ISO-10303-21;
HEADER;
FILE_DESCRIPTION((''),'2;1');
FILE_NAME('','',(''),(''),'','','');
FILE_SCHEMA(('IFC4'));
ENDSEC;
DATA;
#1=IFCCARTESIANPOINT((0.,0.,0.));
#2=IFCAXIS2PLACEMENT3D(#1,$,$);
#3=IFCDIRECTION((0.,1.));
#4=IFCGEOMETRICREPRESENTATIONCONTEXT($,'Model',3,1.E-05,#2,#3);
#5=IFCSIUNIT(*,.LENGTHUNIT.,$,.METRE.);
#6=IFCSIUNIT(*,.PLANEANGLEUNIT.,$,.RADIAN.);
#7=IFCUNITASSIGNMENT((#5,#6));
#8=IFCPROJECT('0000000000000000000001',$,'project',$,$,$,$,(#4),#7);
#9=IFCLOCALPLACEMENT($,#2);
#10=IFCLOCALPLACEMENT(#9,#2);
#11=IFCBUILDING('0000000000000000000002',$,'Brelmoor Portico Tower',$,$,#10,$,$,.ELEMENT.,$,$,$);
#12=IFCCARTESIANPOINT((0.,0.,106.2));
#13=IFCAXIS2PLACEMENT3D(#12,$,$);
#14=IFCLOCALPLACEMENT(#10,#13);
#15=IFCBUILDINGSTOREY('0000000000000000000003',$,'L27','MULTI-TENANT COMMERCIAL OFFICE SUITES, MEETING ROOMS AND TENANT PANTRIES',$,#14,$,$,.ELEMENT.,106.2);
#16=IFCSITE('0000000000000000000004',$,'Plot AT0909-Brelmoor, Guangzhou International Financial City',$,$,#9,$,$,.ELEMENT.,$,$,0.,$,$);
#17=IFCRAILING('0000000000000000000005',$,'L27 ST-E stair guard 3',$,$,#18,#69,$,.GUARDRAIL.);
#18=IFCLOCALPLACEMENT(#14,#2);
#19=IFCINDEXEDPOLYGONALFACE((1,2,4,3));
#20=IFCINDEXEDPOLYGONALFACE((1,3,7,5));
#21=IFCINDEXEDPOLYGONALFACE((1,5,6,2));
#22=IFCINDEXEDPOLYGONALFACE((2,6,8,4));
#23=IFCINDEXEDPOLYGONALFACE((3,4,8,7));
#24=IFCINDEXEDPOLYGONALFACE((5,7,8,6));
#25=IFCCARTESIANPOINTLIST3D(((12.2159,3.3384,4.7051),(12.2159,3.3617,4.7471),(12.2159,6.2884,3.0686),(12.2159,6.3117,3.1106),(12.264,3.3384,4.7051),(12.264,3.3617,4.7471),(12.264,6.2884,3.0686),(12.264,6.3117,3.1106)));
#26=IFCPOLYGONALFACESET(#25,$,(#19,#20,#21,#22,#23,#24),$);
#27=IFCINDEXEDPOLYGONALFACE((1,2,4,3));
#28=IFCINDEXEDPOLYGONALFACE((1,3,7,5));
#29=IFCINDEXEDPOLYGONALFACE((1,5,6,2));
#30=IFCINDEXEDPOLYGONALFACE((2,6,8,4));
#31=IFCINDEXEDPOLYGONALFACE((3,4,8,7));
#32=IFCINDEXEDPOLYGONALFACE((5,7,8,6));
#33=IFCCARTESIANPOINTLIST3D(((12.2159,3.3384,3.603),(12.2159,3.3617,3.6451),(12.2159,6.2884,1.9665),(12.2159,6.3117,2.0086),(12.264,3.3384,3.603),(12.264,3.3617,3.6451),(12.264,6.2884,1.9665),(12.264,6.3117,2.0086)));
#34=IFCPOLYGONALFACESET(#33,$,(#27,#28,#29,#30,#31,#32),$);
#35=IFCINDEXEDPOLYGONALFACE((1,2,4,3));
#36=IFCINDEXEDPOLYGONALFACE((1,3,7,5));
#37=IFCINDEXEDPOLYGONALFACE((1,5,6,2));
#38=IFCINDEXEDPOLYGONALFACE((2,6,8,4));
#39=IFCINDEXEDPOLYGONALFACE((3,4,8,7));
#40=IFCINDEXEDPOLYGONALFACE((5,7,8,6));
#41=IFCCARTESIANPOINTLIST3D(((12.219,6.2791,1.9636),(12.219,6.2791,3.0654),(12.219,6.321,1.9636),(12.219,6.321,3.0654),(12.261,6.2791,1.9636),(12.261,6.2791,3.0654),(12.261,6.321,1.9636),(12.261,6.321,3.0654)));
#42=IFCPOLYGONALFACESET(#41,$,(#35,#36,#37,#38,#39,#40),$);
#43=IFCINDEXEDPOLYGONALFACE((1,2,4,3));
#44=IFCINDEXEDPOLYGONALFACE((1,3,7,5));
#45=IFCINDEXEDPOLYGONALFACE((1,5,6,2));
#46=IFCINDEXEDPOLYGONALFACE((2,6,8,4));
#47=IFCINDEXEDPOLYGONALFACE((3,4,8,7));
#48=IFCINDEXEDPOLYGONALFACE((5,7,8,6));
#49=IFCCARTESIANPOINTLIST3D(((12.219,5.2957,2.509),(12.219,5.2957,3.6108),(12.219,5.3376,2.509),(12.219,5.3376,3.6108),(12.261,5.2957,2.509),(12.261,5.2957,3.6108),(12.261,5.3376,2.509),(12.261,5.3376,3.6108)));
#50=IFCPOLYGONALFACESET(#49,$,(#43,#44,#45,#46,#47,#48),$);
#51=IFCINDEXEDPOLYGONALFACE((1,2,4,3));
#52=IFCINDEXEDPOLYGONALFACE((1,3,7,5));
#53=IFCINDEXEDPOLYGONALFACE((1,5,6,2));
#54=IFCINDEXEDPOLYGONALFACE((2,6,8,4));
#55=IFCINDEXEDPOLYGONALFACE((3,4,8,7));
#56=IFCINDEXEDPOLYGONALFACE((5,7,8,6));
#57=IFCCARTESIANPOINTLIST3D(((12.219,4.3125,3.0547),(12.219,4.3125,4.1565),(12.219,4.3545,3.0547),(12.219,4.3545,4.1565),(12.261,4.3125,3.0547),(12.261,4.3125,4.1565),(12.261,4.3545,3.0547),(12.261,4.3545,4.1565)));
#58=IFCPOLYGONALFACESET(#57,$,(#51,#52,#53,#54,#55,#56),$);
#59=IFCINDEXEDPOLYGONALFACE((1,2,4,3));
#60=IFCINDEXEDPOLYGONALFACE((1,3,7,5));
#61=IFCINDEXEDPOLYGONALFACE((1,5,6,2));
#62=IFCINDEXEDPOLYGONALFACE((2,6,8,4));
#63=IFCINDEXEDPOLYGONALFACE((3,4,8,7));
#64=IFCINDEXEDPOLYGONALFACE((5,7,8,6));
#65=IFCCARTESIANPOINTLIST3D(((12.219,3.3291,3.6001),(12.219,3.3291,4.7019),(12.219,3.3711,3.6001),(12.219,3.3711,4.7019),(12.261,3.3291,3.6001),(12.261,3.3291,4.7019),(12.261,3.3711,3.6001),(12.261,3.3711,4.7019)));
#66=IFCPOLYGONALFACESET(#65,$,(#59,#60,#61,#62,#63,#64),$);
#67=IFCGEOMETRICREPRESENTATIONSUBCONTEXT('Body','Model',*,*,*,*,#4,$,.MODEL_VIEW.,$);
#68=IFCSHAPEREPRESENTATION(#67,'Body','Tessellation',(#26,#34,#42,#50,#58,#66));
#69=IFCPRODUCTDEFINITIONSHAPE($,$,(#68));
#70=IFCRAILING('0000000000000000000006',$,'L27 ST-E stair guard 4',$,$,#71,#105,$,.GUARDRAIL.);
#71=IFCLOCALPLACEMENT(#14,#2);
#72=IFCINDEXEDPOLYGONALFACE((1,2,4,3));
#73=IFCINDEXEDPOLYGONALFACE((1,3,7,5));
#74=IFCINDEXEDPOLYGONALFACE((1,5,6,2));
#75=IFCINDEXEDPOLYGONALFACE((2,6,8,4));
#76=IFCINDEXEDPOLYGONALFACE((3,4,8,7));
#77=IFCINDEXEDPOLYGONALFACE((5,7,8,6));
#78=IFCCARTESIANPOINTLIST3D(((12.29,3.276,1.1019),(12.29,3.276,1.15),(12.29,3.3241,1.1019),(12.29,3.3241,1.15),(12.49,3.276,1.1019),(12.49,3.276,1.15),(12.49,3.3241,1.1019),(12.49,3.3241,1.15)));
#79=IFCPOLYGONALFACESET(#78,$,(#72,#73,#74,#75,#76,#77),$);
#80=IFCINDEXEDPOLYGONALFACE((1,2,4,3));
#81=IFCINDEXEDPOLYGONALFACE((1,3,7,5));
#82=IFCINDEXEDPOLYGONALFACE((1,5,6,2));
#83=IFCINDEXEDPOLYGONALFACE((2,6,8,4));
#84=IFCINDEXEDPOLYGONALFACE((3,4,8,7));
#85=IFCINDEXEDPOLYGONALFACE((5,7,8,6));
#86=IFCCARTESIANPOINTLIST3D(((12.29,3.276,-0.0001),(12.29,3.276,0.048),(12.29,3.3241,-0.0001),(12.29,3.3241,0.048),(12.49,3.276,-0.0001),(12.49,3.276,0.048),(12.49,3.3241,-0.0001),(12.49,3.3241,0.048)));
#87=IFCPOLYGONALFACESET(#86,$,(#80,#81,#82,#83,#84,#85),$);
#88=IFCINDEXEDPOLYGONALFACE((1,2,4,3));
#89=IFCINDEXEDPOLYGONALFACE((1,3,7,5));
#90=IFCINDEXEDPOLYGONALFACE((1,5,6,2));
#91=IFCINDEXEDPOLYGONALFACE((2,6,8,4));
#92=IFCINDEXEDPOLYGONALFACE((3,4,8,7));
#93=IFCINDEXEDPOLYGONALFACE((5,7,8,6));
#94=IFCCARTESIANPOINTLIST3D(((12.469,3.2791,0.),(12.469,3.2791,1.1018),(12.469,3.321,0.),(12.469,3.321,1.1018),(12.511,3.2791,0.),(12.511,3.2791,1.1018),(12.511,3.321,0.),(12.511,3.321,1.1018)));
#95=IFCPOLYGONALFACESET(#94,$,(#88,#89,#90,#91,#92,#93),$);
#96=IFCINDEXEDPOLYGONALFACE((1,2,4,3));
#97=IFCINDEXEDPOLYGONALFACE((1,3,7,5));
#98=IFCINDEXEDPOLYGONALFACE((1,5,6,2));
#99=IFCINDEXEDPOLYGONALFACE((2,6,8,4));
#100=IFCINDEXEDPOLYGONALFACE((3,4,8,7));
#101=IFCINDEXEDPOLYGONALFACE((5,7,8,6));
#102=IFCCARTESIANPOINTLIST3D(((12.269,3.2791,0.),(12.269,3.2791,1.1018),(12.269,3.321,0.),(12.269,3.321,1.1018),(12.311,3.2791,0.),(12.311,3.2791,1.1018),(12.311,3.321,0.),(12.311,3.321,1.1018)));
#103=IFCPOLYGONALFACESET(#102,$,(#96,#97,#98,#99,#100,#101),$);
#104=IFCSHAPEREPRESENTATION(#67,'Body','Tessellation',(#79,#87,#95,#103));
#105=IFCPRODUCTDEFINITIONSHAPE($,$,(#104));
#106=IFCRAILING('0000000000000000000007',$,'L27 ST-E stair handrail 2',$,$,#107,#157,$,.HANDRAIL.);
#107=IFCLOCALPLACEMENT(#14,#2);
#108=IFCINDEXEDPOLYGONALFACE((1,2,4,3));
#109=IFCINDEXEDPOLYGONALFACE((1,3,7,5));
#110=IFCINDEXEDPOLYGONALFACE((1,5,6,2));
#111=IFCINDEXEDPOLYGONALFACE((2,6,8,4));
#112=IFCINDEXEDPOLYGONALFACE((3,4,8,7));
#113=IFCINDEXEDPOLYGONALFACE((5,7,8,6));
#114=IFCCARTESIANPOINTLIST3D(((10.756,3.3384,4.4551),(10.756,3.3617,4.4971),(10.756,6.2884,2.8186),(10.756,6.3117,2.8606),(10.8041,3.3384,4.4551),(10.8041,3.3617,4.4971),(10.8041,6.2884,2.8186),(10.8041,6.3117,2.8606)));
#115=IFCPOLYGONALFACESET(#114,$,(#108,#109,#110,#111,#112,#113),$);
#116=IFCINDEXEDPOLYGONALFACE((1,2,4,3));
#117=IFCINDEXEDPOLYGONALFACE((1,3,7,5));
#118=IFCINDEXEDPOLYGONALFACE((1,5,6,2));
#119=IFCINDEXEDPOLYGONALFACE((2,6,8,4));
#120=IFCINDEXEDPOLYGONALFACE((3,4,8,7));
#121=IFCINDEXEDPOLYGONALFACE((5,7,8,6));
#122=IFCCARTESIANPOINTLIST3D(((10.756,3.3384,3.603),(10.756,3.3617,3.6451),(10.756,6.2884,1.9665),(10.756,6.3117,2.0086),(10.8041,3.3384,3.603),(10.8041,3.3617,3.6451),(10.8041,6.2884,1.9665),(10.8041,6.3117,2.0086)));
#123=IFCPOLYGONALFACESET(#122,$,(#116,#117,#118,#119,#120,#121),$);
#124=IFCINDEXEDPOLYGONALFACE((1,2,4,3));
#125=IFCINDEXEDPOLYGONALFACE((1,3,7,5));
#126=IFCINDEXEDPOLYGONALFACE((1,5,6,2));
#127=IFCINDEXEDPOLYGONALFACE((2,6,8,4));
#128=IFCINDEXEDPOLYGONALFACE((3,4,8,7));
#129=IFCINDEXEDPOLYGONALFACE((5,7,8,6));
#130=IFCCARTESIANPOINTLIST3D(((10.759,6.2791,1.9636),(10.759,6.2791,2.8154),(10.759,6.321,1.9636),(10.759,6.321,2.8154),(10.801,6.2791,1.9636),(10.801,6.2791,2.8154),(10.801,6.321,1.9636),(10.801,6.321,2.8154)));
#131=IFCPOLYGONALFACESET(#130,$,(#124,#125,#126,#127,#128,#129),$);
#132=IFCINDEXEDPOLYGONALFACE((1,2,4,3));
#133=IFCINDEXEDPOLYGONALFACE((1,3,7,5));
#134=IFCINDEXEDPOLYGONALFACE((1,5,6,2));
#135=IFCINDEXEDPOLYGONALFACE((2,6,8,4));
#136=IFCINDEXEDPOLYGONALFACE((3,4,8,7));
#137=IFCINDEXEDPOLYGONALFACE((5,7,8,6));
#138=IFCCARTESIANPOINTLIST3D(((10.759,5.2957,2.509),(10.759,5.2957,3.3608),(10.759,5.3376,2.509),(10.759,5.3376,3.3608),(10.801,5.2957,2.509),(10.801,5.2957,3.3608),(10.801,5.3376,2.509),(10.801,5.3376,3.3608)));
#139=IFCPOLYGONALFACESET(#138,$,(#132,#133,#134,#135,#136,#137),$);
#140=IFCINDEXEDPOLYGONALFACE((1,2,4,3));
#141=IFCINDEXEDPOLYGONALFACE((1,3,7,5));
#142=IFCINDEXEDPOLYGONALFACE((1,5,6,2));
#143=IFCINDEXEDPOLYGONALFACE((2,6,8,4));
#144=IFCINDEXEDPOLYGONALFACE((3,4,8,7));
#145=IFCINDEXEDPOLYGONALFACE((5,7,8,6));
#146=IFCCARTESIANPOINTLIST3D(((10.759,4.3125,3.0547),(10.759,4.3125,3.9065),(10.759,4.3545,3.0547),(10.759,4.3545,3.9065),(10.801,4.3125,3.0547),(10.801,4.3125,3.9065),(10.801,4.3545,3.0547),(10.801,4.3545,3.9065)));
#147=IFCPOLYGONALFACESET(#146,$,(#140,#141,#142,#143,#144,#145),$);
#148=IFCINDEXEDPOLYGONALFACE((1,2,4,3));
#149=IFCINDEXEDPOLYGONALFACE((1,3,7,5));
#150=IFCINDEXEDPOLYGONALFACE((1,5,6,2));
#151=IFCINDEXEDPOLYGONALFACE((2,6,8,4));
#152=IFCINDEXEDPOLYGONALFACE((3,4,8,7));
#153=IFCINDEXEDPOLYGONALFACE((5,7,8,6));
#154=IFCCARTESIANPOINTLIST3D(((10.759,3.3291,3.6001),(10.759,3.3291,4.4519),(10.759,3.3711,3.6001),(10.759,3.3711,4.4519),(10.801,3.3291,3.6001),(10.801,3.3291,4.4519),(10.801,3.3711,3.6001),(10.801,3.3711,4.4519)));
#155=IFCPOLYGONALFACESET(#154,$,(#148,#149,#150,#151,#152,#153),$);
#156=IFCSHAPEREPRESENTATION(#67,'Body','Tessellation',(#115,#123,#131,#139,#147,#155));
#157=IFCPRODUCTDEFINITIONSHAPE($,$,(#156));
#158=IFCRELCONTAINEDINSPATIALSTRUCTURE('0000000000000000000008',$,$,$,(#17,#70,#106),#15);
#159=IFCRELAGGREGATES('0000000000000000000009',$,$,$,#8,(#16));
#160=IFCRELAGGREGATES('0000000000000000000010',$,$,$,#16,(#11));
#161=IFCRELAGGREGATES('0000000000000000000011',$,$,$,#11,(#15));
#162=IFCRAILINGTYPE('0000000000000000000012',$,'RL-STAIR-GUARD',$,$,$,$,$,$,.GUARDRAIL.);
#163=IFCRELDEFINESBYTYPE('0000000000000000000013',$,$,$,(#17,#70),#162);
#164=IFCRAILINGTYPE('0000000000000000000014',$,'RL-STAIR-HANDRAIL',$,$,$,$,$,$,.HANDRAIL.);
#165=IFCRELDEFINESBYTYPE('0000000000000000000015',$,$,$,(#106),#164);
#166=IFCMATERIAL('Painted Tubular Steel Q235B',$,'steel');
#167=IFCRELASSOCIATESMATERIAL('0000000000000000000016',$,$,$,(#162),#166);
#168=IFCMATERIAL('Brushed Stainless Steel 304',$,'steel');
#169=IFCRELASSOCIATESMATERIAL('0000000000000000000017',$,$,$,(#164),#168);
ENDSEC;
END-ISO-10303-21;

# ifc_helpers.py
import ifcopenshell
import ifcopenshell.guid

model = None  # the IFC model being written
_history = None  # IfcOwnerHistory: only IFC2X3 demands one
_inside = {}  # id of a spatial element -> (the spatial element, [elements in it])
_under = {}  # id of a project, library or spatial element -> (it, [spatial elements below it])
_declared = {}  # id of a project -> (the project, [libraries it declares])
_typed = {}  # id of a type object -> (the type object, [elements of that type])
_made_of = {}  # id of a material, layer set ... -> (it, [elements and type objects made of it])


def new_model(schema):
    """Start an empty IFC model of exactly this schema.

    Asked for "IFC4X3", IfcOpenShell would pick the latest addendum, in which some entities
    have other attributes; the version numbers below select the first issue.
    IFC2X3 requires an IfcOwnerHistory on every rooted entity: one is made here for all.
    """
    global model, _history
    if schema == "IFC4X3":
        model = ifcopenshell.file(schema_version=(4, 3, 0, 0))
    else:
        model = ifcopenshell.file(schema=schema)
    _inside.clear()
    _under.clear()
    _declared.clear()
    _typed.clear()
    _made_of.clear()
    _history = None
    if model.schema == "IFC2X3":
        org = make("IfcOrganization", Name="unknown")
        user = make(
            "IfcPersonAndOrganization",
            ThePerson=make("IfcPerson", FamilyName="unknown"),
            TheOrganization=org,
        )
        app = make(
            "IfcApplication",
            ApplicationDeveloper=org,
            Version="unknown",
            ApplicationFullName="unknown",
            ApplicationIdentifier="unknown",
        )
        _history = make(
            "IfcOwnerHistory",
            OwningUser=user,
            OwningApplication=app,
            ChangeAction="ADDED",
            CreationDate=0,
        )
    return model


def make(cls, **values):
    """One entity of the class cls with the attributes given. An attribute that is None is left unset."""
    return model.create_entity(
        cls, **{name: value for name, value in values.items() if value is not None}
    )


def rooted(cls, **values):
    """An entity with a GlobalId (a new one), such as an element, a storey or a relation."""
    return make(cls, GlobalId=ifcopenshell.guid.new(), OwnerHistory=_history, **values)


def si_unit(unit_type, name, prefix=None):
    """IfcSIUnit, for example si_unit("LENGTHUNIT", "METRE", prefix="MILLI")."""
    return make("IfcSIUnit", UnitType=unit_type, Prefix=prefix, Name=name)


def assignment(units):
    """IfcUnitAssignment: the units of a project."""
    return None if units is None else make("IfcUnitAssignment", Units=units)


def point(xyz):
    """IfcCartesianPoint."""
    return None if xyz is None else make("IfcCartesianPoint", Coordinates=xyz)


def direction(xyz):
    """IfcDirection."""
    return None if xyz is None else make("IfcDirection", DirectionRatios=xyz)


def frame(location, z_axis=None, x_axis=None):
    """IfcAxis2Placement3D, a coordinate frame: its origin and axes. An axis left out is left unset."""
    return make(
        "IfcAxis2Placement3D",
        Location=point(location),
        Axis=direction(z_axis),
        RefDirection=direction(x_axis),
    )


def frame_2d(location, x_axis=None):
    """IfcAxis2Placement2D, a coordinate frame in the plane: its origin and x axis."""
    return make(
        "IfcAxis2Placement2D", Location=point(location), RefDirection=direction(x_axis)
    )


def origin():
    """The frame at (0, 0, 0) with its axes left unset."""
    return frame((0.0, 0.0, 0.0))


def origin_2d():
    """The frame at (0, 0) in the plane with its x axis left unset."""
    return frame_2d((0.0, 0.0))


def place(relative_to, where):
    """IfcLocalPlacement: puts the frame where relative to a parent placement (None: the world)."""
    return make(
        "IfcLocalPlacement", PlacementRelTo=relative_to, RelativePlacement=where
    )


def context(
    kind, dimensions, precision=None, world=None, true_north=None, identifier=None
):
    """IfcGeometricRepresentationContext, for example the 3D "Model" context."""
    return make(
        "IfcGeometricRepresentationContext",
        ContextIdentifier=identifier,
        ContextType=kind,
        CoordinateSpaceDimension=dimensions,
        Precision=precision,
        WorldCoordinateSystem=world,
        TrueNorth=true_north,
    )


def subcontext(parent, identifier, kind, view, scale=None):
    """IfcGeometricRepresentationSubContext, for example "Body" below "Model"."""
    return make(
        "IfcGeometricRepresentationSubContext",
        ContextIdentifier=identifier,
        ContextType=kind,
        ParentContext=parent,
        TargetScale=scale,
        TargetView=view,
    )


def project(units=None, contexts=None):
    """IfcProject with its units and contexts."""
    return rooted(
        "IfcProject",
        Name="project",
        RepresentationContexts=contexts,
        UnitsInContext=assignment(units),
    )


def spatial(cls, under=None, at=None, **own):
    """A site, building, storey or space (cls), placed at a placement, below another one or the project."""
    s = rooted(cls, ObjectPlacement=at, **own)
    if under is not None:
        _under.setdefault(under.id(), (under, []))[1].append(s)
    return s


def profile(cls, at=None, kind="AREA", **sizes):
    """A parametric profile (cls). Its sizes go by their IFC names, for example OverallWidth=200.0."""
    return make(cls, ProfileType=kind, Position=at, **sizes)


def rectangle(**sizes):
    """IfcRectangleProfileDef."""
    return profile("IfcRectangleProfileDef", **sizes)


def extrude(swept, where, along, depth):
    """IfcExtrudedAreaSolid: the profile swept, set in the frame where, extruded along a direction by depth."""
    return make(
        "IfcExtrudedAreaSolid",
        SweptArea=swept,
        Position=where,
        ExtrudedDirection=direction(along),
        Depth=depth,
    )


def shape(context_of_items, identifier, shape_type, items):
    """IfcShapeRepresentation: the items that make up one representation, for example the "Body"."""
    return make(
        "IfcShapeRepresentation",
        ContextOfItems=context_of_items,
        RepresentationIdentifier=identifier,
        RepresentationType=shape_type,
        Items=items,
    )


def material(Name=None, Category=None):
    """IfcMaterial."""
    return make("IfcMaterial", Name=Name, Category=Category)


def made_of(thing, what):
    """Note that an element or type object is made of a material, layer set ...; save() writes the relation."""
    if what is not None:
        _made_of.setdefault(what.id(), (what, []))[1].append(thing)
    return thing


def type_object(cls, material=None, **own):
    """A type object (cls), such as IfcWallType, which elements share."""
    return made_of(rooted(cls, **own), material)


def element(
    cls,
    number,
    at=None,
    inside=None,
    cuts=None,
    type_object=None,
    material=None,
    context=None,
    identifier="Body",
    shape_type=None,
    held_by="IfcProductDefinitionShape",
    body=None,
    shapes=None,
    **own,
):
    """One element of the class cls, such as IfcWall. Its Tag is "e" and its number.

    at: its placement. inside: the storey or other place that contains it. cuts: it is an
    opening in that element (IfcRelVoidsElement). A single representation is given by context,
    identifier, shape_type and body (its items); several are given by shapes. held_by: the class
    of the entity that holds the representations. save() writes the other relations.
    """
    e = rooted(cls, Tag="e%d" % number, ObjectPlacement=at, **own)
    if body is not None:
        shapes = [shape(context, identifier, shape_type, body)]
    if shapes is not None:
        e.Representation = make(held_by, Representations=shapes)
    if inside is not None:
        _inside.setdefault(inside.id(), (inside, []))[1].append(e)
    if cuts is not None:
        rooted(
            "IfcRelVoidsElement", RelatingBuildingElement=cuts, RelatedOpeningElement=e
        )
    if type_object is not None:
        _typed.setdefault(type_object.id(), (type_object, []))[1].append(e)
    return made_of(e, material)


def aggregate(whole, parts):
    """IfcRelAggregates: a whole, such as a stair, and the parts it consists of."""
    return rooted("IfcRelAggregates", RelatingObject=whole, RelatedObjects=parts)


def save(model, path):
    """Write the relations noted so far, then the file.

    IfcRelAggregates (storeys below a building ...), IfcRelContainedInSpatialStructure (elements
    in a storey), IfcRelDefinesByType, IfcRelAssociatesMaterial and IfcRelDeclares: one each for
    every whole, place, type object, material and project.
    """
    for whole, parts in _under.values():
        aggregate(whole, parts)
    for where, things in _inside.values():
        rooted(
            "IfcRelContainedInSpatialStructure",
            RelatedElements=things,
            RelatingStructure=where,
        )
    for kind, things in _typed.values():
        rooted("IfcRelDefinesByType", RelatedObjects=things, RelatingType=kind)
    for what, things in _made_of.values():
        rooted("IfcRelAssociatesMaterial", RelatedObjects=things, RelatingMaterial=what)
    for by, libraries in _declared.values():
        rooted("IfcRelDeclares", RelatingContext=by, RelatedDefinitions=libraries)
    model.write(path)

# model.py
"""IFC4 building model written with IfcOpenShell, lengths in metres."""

from ifc_helpers import new_model, si_unit, direction, frame, origin, origin_2d, place, context, subcontext, project, spatial, rectangle, extrude, material, type_object, element, save


model = new_model("IFC4")

# Units and contexts
model_context = context("Model", 3, precision=1e-05, world=origin(), true_north=direction((0.0, 1.0)))
body_context = subcontext(model_context, "Body", "Model", "MODEL_VIEW")
ifc_project = project(units=[si_unit("LENGTHUNIT", "METRE"), si_unit("PLANEANGLEUNIT", "RADIAN")], contexts=[model_context])

# Site, building, storey
site_placement = place(None, origin())
site = spatial("IfcSite", under=ifc_project, at=site_placement, Name="Plot AT0909-Brelmoor, Guangzhou International Financial City", CompositionType="ELEMENT", RefElevation=0.0)
building_placement = place(site_placement, origin())
building = spatial("IfcBuilding", under=site, at=building_placement, Name="Brelmoor Portico Tower", CompositionType="ELEMENT")
storey_placement = place(building_placement, frame((0.0, 0.0, 106.2)))
storey = spatial("IfcBuildingStorey", under=building, at=storey_placement, Name="L27", Description="MULTI-TENANT COMMERCIAL OFFICE SUITES, MEETING ROOMS AND TENANT PANTRIES", CompositionType="ELEMENT", Elevation=106.2)

# Railings
ifc_material_1 = material(Name="Painted Tubular Steel Q235B", Category="steel")
railing_type_1 = type_object("IfcRailingType", Name="RL-STAIR-GUARD", PredefinedType="GUARDRAIL", material=ifc_material_1)
railing_1_placement = place(storey_placement, frame((12.24, 6.3, 1.9636)))
element("IfcRailing", 1, at=railing_1_placement, inside=storey, type_object=railing_type_1, Name="L27 ST-E stair guard 3", PredefinedType="GUARDRAIL", context=body_context, shape_type="SweptSolid", body=[
    extrude(rectangle(XDim=0.0481, YDim=0.0481, at=origin_2d()), frame((0.0, 0.0, 1.126), z_axis=(0.0, -0.874458, 0.485102), x_axis=(1.0, 0.0, 0.0)), (0.0, 0.0, 1.0), 3.3735),
    extrude(rectangle(XDim=0.0481, YDim=0.0481, at=origin_2d()), frame((0.0, 0.0, 0.0239), z_axis=(0.0, -0.874458, 0.485102), x_axis=(1.0, 0.0, 0.0)), (0.0, 0.0, 1.0), 3.3735),
    extrude(rectangle(XDim=0.042, YDim=0.042, at=origin_2d()), origin(), (0.0, 0.0, 1.0), 1.1018),
    extrude(rectangle(XDim=0.042, YDim=0.042, at=origin_2d()), frame((0.0, -0.9834, 0.5454)), (0.0, 0.0, 1.0), 1.1018),
    extrude(rectangle(XDim=0.042, YDim=0.042, at=origin_2d()), frame((0.0, -1.9666, 1.0911)), (0.0, 0.0, 1.0), 1.1018),
    extrude(rectangle(XDim=0.042, YDim=0.042, at=origin_2d()), frame((0.0, -2.95, 1.6365)), (0.0, 0.0, 1.0), 1.1018),
])
railing_2_placement = place(storey_placement, frame((12.49, 3.3, 0.0)))
element("IfcRailing", 2, at=railing_2_placement, inside=storey, type_object=railing_type_1, Name="L27 ST-E stair guard 4", PredefinedType="GUARDRAIL", context=body_context, shape_type="SweptSolid", body=[
    extrude(rectangle(XDim=0.0481, YDim=0.0481, at=origin_2d()), frame((0.0, 0.0, 1.126), z_axis=(-1.0, 0.0, 0.0), x_axis=(0.0, -1.0, 0.0)), (0.0, 0.0, 1.0), 0.2),
    extrude(rectangle(XDim=0.0481, YDim=0.0481, at=origin_2d()), frame((0.0, 0.0, 0.0239), z_axis=(-1.0, 0.0, 0.0), x_axis=(0.0, -1.0, 0.0)), (0.0, 0.0, 1.0), 0.2),
    extrude(rectangle(XDim=0.042, YDim=0.042, at=origin_2d()), origin(), (0.0, 0.0, 1.0), 1.1018),
    extrude(rectangle(XDim=0.042, YDim=0.042, at=origin_2d()), frame((-0.2, 0.0, 0.0)), (0.0, 0.0, 1.0), 1.1018),
])
ifc_material_2 = material(Name="Brushed Stainless Steel 304", Category="steel")
railing_type_2 = type_object("IfcRailingType", Name="RL-STAIR-HANDRAIL", PredefinedType="HANDRAIL", material=ifc_material_2)
railing_3_placement = place(storey_placement, frame((10.78, 6.3, 1.9636)))
element("IfcRailing", 3, at=railing_3_placement, inside=storey, type_object=railing_type_2, Name="L27 ST-E stair handrail 2", PredefinedType="HANDRAIL", context=body_context, shape_type="SweptSolid", body=[
    extrude(rectangle(XDim=0.0481, YDim=0.0481, at=origin_2d()), frame((0.0, 0.0, 0.876), z_axis=(0.0, -0.874458, 0.485102), x_axis=(1.0, 0.0, 0.0)), (0.0, 0.0, 1.0), 3.3735),
    extrude(rectangle(XDim=0.0481, YDim=0.0481, at=origin_2d()), frame((0.0, 0.0, 0.0239), z_axis=(0.0, -0.874458, 0.485102), x_axis=(1.0, 0.0, 0.0)), (0.0, 0.0, 1.0), 3.3735),
    extrude(rectangle(XDim=0.042, YDim=0.042, at=origin_2d()), origin(), (0.0, 0.0, 1.0), 0.8518),
    extrude(rectangle(XDim=0.042, YDim=0.042, at=origin_2d()), frame((0.0, -0.9834, 0.5454)), (0.0, 0.0, 1.0), 0.8518),
    extrude(rectangle(XDim=0.042, YDim=0.042, at=origin_2d()), frame((0.0, -1.9666, 1.0911)), (0.0, 0.0, 1.0), 0.8518),
    extrude(rectangle(XDim=0.042, YDim=0.042, at=origin_2d()), frame((0.0, -2.95, 1.6365)), (0.0, 0.0, 1.0), 0.8518),
])

save(model, "model.ifc")
